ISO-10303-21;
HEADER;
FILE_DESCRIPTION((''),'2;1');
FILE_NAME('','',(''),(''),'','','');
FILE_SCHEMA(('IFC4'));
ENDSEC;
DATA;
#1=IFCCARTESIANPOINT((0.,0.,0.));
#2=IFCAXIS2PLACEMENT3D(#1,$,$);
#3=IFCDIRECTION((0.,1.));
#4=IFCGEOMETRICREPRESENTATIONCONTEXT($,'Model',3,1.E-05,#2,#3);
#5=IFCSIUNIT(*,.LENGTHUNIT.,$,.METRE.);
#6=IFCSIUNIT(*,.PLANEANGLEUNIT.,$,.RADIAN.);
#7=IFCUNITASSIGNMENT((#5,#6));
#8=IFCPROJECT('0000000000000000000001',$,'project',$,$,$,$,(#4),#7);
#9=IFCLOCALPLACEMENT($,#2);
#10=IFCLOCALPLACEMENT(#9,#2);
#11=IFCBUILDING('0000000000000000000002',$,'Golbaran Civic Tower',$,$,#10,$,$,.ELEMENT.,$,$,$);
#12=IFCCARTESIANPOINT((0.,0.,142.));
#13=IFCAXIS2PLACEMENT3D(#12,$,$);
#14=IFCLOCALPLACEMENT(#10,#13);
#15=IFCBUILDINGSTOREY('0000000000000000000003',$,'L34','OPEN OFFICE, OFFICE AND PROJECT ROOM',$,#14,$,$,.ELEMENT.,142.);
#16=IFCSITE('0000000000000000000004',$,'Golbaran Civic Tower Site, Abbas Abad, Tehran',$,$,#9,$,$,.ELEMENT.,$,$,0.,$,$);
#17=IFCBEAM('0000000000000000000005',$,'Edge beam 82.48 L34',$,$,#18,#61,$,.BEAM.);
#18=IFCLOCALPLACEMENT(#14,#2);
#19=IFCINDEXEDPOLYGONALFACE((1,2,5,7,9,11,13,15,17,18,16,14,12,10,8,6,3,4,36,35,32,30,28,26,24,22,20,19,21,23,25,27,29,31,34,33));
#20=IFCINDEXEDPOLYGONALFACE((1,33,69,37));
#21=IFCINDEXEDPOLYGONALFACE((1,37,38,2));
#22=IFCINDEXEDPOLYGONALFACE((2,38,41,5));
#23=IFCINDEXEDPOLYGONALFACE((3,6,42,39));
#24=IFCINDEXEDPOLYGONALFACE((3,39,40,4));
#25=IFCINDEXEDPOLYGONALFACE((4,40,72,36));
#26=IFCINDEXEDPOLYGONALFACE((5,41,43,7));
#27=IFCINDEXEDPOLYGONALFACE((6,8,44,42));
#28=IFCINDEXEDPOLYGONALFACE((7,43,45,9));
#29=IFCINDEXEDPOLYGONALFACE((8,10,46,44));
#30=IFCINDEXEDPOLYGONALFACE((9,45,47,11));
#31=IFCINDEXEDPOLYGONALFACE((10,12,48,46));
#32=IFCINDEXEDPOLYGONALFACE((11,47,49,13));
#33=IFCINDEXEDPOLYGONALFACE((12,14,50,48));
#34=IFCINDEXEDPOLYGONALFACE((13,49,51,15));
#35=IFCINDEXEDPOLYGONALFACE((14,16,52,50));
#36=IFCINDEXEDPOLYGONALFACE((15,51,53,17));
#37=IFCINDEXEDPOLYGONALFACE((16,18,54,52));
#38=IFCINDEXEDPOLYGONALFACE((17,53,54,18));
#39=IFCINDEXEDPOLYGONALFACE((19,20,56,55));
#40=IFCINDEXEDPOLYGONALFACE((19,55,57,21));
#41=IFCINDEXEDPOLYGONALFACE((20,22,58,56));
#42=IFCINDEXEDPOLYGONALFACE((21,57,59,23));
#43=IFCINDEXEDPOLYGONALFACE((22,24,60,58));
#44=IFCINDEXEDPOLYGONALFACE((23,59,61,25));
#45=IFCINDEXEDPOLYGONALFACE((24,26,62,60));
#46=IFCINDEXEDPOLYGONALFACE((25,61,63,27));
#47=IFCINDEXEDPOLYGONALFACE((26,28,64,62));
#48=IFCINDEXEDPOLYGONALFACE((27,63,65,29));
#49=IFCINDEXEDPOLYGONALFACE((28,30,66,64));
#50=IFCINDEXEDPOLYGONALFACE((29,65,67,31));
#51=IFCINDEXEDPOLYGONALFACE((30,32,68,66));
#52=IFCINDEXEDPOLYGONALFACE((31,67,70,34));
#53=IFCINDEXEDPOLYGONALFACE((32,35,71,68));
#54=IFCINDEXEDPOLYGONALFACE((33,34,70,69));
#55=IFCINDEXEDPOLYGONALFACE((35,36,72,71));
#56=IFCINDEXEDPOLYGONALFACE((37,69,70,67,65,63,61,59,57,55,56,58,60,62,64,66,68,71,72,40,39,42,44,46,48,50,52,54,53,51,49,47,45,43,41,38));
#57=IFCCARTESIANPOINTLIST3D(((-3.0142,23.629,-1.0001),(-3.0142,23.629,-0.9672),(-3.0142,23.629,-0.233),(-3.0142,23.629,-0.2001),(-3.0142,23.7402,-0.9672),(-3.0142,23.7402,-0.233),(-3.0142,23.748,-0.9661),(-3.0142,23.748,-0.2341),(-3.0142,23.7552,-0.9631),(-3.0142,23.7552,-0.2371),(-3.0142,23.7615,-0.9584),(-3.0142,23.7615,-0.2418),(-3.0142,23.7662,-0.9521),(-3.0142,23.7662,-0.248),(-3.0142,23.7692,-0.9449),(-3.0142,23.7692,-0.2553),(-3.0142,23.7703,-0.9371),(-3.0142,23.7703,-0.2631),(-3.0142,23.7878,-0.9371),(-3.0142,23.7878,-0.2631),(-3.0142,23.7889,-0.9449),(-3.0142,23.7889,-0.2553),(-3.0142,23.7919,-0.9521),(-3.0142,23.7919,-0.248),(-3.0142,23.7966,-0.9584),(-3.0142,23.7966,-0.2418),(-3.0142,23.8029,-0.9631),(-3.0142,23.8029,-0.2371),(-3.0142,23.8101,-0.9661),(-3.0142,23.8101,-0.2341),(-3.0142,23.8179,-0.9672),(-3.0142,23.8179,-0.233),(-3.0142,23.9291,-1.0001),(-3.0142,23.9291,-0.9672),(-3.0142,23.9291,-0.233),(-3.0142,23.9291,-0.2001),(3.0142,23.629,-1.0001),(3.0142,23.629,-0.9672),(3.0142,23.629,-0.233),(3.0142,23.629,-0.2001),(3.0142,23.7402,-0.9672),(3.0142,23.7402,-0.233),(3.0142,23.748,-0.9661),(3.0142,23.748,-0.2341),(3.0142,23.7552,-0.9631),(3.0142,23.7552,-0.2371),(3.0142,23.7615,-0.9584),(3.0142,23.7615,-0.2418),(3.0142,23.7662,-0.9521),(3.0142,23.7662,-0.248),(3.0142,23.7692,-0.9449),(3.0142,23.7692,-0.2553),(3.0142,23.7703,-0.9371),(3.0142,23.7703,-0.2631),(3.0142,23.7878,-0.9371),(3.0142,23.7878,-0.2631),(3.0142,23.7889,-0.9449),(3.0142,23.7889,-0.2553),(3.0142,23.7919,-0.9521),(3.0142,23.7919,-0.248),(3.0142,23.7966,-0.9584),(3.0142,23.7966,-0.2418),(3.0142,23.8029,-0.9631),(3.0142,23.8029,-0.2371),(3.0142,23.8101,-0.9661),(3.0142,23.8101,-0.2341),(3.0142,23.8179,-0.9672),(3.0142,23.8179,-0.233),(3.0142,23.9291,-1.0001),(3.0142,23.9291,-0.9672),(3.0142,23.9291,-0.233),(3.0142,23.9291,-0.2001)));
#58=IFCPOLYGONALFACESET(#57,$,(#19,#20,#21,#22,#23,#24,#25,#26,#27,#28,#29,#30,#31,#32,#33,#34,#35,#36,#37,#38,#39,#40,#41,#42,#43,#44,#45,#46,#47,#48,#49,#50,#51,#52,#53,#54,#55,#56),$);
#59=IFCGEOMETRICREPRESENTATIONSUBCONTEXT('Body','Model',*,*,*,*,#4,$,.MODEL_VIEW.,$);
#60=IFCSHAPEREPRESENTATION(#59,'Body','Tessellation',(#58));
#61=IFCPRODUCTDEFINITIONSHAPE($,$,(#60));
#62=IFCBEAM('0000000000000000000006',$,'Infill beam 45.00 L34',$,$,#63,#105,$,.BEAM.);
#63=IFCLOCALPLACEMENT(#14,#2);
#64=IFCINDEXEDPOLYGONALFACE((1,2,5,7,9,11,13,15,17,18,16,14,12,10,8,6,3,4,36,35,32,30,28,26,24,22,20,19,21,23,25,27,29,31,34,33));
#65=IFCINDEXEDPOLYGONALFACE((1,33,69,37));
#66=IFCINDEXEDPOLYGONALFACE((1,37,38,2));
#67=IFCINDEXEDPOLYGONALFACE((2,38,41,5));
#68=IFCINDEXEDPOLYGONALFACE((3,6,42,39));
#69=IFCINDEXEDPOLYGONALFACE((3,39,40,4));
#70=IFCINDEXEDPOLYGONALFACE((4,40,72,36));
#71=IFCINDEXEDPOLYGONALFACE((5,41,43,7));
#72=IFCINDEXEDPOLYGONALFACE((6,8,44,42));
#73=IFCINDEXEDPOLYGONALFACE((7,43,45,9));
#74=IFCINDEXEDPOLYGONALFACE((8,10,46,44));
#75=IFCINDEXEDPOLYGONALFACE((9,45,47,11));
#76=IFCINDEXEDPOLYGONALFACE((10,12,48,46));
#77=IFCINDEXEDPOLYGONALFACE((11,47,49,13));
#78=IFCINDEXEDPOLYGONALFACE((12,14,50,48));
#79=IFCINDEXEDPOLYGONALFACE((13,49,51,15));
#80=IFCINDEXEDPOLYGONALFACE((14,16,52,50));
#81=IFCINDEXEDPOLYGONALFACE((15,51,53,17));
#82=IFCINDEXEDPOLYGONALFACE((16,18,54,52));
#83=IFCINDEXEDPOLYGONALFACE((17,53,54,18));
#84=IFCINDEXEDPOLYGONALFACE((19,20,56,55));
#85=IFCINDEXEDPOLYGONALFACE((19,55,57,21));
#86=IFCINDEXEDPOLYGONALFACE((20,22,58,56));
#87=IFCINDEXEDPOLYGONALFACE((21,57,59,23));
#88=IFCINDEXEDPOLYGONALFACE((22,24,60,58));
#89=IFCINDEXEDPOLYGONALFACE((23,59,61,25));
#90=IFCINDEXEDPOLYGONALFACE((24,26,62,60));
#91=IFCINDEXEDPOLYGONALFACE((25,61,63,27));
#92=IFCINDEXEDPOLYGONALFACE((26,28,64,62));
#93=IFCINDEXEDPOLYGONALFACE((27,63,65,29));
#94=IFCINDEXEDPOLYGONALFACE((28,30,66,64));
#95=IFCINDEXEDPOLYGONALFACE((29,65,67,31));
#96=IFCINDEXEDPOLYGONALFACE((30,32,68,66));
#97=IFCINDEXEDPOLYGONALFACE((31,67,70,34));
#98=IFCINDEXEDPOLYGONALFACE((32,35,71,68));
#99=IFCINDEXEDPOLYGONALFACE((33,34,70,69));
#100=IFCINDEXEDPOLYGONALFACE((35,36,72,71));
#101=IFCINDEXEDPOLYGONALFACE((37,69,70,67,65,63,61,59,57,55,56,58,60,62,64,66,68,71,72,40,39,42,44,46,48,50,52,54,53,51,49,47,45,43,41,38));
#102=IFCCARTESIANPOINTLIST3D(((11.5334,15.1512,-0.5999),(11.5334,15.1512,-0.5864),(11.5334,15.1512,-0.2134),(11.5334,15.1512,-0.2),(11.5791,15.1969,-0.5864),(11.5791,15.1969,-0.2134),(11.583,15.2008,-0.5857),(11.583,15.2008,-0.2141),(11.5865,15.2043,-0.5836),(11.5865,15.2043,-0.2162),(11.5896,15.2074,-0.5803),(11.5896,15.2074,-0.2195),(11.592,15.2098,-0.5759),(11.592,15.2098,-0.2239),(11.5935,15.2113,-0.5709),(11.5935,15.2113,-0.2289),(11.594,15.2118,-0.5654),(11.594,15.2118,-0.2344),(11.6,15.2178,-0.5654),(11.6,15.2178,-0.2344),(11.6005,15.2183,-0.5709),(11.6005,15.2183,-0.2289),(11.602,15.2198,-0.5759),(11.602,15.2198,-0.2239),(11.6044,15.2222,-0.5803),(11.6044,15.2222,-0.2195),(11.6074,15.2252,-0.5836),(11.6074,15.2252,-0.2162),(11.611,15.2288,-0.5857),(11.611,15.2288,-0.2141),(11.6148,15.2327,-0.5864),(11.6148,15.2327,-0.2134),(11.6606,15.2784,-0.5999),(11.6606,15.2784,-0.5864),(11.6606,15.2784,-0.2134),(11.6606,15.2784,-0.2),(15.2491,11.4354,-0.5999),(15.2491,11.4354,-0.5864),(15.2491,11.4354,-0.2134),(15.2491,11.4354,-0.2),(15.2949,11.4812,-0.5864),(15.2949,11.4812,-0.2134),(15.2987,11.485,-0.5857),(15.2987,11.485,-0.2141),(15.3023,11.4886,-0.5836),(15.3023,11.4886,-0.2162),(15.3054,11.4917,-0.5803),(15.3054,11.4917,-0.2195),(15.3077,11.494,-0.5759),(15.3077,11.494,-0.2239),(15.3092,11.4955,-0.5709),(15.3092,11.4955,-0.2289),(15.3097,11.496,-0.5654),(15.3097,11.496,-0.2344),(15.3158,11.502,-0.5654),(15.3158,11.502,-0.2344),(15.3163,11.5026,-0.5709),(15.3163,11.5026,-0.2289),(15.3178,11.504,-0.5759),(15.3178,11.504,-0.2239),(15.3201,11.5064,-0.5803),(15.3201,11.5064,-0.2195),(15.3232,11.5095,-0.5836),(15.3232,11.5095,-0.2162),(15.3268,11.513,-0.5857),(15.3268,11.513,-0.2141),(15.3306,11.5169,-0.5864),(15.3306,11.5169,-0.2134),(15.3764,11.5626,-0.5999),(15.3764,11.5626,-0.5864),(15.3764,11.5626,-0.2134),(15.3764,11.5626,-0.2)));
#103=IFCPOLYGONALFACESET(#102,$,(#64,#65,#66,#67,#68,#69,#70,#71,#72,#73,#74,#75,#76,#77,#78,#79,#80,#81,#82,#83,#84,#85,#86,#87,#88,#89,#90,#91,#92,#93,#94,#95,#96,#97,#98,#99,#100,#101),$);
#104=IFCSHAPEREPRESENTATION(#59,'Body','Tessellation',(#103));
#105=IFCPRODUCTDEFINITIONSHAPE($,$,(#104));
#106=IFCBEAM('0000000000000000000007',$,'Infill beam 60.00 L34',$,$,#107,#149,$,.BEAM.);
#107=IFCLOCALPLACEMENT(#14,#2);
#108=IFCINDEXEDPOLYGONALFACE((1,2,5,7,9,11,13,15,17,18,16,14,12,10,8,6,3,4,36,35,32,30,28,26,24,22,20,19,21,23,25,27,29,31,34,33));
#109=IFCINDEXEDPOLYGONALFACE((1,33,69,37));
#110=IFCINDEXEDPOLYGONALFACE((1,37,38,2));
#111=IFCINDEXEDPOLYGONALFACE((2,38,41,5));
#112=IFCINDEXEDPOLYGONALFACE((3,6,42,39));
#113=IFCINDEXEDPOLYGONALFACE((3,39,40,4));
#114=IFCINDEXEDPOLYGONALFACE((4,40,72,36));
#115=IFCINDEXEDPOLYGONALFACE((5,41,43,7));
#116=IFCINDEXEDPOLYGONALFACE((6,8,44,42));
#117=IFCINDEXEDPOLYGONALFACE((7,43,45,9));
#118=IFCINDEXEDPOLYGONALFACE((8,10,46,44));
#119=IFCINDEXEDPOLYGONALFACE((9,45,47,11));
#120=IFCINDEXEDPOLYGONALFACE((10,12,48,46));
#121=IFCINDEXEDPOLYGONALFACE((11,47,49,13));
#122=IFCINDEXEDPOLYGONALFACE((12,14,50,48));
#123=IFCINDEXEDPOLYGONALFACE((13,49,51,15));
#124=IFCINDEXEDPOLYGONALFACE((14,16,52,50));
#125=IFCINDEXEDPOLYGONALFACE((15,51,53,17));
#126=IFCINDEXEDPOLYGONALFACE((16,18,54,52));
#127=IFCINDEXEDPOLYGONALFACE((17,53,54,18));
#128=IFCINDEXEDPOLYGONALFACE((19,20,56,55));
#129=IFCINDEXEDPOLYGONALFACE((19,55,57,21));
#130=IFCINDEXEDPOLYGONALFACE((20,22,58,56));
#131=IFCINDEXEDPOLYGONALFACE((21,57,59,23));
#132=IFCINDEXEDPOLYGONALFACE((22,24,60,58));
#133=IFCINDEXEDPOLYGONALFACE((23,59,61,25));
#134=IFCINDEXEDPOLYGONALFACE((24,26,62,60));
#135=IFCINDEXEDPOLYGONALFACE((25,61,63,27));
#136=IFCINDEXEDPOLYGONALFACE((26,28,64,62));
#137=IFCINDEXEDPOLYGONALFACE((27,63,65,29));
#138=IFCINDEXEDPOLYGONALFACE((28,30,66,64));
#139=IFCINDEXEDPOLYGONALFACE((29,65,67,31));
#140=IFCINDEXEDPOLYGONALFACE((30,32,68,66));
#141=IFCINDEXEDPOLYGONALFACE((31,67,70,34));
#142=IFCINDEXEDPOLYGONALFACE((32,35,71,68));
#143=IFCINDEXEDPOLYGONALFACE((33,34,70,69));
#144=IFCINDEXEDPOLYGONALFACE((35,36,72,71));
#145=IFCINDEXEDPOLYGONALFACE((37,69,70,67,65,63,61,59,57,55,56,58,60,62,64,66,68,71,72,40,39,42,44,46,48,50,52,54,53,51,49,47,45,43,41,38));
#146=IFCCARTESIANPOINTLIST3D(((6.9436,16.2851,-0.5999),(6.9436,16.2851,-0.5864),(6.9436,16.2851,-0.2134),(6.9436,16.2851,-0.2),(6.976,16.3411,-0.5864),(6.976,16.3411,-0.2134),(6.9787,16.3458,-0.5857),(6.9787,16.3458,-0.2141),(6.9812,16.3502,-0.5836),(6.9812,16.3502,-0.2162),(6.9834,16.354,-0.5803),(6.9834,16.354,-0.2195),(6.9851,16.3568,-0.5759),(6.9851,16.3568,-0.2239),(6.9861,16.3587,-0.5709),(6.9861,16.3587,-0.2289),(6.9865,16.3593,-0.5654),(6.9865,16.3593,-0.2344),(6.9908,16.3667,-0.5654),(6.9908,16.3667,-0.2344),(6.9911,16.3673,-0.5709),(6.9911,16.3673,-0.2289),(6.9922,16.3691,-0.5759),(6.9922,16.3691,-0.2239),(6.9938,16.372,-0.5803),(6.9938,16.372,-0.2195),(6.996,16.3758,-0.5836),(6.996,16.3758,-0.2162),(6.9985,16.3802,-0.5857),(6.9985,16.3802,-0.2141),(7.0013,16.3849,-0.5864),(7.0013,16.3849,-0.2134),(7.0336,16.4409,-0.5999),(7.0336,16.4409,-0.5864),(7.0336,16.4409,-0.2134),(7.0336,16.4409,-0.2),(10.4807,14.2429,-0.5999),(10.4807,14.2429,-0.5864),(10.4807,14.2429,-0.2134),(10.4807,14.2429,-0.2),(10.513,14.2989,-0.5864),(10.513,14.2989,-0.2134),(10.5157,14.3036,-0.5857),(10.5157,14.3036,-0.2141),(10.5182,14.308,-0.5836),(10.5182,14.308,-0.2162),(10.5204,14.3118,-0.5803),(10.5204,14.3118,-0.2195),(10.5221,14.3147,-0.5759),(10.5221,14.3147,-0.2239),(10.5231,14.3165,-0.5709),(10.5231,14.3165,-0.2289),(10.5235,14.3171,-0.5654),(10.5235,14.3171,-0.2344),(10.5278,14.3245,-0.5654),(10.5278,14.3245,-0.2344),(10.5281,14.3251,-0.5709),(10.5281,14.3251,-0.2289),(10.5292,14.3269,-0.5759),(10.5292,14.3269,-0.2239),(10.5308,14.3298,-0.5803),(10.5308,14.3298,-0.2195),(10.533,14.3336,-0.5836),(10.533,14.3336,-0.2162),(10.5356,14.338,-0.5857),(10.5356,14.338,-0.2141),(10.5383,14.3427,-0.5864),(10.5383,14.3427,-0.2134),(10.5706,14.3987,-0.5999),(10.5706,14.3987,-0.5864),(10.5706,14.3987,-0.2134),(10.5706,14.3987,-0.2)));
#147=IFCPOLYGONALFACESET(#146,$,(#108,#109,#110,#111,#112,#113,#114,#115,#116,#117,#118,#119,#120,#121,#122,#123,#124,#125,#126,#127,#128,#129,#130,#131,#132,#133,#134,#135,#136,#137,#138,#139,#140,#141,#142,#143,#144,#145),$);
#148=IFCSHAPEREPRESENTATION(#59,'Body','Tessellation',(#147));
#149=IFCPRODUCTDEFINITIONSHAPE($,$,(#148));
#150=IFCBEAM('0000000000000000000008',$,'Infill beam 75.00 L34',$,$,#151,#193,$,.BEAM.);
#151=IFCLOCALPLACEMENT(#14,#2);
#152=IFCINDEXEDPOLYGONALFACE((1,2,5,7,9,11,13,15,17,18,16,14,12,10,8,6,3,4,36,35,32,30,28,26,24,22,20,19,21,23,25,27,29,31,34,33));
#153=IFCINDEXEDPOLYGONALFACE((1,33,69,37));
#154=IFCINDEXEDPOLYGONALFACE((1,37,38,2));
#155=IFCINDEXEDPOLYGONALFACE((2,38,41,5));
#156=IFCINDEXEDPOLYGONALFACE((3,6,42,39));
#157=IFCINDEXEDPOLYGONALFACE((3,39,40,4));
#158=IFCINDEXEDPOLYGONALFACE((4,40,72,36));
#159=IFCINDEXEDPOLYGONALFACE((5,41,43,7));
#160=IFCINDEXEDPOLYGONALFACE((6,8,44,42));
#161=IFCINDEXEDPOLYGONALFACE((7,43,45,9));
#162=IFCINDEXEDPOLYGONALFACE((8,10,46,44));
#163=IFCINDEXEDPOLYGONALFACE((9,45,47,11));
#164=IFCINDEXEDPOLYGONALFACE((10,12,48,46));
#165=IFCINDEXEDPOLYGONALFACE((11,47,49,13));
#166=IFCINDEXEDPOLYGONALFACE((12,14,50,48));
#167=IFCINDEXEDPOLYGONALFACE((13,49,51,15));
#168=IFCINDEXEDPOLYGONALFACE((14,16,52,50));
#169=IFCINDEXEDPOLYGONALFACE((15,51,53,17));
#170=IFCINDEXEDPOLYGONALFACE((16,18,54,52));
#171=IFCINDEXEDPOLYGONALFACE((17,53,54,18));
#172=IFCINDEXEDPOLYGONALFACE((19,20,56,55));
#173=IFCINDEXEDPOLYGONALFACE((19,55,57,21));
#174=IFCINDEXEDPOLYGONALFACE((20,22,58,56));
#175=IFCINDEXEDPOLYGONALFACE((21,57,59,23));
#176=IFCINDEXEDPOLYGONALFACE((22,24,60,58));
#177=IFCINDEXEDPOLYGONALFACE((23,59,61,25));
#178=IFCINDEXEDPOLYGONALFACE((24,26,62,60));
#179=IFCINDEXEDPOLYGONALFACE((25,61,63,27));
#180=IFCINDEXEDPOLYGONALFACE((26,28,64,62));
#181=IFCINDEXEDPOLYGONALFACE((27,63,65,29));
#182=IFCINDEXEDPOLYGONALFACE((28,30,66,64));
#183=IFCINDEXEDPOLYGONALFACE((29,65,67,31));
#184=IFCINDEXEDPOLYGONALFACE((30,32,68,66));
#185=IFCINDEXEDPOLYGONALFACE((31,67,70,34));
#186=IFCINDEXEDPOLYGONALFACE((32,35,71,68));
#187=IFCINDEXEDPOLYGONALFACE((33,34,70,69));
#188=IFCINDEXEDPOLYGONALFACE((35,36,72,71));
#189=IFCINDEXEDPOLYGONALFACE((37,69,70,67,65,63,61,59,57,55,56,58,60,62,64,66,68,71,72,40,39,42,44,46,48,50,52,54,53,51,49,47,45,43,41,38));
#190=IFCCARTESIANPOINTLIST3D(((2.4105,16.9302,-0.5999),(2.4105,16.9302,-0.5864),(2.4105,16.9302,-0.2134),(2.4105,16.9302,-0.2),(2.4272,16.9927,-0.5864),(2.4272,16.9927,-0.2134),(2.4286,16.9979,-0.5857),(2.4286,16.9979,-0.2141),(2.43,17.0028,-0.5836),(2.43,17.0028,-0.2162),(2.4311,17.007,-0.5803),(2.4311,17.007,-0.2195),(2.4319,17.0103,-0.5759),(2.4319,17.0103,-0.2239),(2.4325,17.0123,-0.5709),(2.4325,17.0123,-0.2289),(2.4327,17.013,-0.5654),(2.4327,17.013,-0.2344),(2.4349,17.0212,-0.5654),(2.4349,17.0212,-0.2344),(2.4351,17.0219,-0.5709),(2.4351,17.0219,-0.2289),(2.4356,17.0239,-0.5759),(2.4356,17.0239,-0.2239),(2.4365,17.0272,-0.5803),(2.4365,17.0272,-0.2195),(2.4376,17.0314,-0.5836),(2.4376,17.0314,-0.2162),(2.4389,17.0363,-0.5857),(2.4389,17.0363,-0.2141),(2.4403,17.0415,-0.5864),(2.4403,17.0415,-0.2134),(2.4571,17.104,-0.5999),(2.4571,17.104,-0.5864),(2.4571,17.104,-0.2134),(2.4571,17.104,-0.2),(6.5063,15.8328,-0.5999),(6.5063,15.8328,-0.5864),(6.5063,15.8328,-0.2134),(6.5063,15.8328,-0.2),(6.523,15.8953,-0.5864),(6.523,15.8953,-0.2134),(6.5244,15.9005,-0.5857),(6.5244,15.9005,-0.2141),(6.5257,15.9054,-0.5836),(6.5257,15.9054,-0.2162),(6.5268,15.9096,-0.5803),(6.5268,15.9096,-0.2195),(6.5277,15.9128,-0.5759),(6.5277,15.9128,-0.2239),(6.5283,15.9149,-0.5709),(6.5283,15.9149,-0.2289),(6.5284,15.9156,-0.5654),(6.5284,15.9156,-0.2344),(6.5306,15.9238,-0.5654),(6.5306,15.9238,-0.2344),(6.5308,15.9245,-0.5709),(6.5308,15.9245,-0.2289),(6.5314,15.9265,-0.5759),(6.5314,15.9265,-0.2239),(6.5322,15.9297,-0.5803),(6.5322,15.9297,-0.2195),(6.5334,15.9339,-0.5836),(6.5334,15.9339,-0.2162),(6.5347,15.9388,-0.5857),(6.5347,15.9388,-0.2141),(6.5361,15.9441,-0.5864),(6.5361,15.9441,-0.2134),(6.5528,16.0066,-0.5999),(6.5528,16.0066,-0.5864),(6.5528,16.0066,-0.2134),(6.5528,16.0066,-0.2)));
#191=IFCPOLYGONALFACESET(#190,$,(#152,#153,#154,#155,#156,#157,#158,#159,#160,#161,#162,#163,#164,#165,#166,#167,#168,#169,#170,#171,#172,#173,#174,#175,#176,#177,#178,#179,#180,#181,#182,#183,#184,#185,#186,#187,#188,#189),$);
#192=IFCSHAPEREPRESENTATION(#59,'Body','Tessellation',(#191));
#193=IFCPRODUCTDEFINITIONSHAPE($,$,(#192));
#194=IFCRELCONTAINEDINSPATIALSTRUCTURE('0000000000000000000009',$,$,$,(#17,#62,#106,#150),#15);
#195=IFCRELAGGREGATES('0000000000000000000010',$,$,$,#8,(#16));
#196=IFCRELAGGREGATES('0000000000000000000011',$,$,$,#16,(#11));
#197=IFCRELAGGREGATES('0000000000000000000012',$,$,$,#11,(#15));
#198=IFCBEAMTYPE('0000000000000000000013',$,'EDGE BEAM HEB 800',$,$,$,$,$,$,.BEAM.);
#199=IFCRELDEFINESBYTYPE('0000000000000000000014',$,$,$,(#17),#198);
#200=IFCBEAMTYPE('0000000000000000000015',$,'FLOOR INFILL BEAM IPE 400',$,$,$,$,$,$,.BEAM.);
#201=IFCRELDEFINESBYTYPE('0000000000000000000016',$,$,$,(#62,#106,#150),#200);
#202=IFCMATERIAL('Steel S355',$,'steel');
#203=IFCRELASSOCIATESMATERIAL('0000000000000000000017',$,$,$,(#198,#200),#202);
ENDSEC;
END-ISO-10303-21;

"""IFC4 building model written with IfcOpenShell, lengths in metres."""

from ifc_helpers import new_model, si_unit, direction, frame, origin, origin_2d, place, context, subcontext, project, spatial, i_section, extrude, material, material_profile, profile_set, type_object, element, save


model = new_model("IFC4")

# Units and contexts
model_context = context("Model", 3, precision=1e-05, world=origin(), true_north=direction((0.0, 1.0)))
body_context = subcontext(model_context, "Body", "Model", "MODEL_VIEW")
ifc_project = project(units=[si_unit("LENGTHUNIT", "METRE"), si_unit("PLANEANGLEUNIT", "RADIAN")], contexts=[model_context])

# Site, building, storey
site_placement = place(None, origin())
site = spatial("IfcSite", under=ifc_project, at=site_placement, Name="Golbaran Civic Tower Site, Abbas Abad, Tehran", CompositionType="ELEMENT", RefElevation=0.0)
building_placement = place(site_placement, origin())
building = spatial("IfcBuilding", under=site, at=building_placement, Name="Golbaran Civic Tower", CompositionType="ELEMENT")
storey_placement = place(building_placement, frame((0.0, 0.0, 142.0)))
storey = spatial("IfcBuildingStorey", under=building, at=storey_placement, Name="L34", Description="OPEN OFFICE, OFFICE AND PROJECT ROOM", CompositionType="ELEMENT", Elevation=142.0)

# Beams
ifc_material_1 = material(Name="Steel S355", Category="steel")
ifc_material_profile_1 = material_profile(ifc_material_1, i_section(OverallWidth=0.3, OverallDepth=0.8, WebThickness=0.0176, FlangeThickness=0.033, FilletRadius=0.03, at=origin_2d()), Name="HEB 800")
ifc_profile_set_1 = profile_set([ifc_material_profile_1], Name="Steel S355")
beam_type_1 = type_object("IfcBeamType", Name="EDGE BEAM HEB 800", PredefinedType="BEAM", material=ifc_profile_set_1)
beam_1_placement = place(storey_placement, frame((3.0142, 23.7791, -0.6001), z_axis=(-1.0, 0.0, 0.0), x_axis=(0.0, -1.0, 0.0)))
element("IfcBeam", 1, at=beam_1_placement, inside=storey, type_object=beam_type_1, Name="Edge beam 82.48 L34", PredefinedType="BEAM", context=body_context, shape_type="SweptSolid", body=[
    extrude(i_section(OverallWidth=0.3, OverallDepth=0.8, WebThickness=0.0176, FlangeThickness=0.033, FilletRadius=0.03, at=origin_2d()), origin(), (0.0, 0.0, 1.0), 6.0283),
])
ifc_material_profile_2 = material_profile(ifc_material_1, i_section(OverallWidth=0.1799, OverallDepth=0.3999, WebThickness=0.0085, FlangeThickness=0.0134, FilletRadius=0.021, at=origin_2d()), Name="IPE 400")
ifc_profile_set_2 = profile_set([ifc_material_profile_2], Name="Steel S355")
beam_type_2 = type_object("IfcBeamType", Name="FLOOR INFILL BEAM IPE 400", PredefinedType="BEAM", material=ifc_profile_set_2)
beam_2_placement = place(storey_placement, frame((15.3127, 11.499, -0.3999), z_axis=(-0.707107, 0.707107, 0.0), x_axis=(-0.707107, -0.707107, 0.0)))
element("IfcBeam", 2, at=beam_2_placement, inside=storey, type_object=beam_type_2, Name="Infill beam 45.00 L34", PredefinedType="BEAM", context=body_context, shape_type="SweptSolid", body=[
    extrude(i_section(OverallWidth=0.1799, OverallDepth=0.3999, WebThickness=0.0085, FlangeThickness=0.0134, FilletRadius=0.021, at=origin_2d()), origin(), (0.0, 0.0, 1.0), 5.2549),
])
beam_3_placement = place(storey_placement, frame((10.5256, 14.3208, -0.3999), z_axis=(-0.866016, 0.500016, 0.0), x_axis=(-0.500016, -0.866016, 0.0)))
element("IfcBeam", 3, at=beam_3_placement, inside=storey, type_object=beam_type_2, Name="Infill beam 60.00 L34", PredefinedType="BEAM", context=body_context, shape_type="SweptSolid", body=[
    extrude(i_section(OverallWidth=0.1799, OverallDepth=0.3999, WebThickness=0.0085, FlangeThickness=0.0134, FilletRadius=0.021, at=origin_2d()), origin(), (0.0, 0.0, 1.0), 4.0842),
])
beam_4_placement = place(storey_placement, frame((6.5295, 15.9197, -0.3999), z_axis=(-0.965927, 0.258813, 0.0), x_axis=(-0.258813, -0.965927, 0.0)))
element("IfcBeam", 4, at=beam_4_placement, inside=storey, type_object=beam_type_2, Name="Infill beam 75.00 L34", PredefinedType="BEAM", context=body_context, shape_type="SweptSolid", body=[
    extrude(i_section(OverallWidth=0.1799, OverallDepth=0.3999, WebThickness=0.0085, FlangeThickness=0.0134, FilletRadius=0.021, at=origin_2d()), origin(), (0.0, 0.0, 1.0), 4.2402),
])

save(model, "model.ifc")
